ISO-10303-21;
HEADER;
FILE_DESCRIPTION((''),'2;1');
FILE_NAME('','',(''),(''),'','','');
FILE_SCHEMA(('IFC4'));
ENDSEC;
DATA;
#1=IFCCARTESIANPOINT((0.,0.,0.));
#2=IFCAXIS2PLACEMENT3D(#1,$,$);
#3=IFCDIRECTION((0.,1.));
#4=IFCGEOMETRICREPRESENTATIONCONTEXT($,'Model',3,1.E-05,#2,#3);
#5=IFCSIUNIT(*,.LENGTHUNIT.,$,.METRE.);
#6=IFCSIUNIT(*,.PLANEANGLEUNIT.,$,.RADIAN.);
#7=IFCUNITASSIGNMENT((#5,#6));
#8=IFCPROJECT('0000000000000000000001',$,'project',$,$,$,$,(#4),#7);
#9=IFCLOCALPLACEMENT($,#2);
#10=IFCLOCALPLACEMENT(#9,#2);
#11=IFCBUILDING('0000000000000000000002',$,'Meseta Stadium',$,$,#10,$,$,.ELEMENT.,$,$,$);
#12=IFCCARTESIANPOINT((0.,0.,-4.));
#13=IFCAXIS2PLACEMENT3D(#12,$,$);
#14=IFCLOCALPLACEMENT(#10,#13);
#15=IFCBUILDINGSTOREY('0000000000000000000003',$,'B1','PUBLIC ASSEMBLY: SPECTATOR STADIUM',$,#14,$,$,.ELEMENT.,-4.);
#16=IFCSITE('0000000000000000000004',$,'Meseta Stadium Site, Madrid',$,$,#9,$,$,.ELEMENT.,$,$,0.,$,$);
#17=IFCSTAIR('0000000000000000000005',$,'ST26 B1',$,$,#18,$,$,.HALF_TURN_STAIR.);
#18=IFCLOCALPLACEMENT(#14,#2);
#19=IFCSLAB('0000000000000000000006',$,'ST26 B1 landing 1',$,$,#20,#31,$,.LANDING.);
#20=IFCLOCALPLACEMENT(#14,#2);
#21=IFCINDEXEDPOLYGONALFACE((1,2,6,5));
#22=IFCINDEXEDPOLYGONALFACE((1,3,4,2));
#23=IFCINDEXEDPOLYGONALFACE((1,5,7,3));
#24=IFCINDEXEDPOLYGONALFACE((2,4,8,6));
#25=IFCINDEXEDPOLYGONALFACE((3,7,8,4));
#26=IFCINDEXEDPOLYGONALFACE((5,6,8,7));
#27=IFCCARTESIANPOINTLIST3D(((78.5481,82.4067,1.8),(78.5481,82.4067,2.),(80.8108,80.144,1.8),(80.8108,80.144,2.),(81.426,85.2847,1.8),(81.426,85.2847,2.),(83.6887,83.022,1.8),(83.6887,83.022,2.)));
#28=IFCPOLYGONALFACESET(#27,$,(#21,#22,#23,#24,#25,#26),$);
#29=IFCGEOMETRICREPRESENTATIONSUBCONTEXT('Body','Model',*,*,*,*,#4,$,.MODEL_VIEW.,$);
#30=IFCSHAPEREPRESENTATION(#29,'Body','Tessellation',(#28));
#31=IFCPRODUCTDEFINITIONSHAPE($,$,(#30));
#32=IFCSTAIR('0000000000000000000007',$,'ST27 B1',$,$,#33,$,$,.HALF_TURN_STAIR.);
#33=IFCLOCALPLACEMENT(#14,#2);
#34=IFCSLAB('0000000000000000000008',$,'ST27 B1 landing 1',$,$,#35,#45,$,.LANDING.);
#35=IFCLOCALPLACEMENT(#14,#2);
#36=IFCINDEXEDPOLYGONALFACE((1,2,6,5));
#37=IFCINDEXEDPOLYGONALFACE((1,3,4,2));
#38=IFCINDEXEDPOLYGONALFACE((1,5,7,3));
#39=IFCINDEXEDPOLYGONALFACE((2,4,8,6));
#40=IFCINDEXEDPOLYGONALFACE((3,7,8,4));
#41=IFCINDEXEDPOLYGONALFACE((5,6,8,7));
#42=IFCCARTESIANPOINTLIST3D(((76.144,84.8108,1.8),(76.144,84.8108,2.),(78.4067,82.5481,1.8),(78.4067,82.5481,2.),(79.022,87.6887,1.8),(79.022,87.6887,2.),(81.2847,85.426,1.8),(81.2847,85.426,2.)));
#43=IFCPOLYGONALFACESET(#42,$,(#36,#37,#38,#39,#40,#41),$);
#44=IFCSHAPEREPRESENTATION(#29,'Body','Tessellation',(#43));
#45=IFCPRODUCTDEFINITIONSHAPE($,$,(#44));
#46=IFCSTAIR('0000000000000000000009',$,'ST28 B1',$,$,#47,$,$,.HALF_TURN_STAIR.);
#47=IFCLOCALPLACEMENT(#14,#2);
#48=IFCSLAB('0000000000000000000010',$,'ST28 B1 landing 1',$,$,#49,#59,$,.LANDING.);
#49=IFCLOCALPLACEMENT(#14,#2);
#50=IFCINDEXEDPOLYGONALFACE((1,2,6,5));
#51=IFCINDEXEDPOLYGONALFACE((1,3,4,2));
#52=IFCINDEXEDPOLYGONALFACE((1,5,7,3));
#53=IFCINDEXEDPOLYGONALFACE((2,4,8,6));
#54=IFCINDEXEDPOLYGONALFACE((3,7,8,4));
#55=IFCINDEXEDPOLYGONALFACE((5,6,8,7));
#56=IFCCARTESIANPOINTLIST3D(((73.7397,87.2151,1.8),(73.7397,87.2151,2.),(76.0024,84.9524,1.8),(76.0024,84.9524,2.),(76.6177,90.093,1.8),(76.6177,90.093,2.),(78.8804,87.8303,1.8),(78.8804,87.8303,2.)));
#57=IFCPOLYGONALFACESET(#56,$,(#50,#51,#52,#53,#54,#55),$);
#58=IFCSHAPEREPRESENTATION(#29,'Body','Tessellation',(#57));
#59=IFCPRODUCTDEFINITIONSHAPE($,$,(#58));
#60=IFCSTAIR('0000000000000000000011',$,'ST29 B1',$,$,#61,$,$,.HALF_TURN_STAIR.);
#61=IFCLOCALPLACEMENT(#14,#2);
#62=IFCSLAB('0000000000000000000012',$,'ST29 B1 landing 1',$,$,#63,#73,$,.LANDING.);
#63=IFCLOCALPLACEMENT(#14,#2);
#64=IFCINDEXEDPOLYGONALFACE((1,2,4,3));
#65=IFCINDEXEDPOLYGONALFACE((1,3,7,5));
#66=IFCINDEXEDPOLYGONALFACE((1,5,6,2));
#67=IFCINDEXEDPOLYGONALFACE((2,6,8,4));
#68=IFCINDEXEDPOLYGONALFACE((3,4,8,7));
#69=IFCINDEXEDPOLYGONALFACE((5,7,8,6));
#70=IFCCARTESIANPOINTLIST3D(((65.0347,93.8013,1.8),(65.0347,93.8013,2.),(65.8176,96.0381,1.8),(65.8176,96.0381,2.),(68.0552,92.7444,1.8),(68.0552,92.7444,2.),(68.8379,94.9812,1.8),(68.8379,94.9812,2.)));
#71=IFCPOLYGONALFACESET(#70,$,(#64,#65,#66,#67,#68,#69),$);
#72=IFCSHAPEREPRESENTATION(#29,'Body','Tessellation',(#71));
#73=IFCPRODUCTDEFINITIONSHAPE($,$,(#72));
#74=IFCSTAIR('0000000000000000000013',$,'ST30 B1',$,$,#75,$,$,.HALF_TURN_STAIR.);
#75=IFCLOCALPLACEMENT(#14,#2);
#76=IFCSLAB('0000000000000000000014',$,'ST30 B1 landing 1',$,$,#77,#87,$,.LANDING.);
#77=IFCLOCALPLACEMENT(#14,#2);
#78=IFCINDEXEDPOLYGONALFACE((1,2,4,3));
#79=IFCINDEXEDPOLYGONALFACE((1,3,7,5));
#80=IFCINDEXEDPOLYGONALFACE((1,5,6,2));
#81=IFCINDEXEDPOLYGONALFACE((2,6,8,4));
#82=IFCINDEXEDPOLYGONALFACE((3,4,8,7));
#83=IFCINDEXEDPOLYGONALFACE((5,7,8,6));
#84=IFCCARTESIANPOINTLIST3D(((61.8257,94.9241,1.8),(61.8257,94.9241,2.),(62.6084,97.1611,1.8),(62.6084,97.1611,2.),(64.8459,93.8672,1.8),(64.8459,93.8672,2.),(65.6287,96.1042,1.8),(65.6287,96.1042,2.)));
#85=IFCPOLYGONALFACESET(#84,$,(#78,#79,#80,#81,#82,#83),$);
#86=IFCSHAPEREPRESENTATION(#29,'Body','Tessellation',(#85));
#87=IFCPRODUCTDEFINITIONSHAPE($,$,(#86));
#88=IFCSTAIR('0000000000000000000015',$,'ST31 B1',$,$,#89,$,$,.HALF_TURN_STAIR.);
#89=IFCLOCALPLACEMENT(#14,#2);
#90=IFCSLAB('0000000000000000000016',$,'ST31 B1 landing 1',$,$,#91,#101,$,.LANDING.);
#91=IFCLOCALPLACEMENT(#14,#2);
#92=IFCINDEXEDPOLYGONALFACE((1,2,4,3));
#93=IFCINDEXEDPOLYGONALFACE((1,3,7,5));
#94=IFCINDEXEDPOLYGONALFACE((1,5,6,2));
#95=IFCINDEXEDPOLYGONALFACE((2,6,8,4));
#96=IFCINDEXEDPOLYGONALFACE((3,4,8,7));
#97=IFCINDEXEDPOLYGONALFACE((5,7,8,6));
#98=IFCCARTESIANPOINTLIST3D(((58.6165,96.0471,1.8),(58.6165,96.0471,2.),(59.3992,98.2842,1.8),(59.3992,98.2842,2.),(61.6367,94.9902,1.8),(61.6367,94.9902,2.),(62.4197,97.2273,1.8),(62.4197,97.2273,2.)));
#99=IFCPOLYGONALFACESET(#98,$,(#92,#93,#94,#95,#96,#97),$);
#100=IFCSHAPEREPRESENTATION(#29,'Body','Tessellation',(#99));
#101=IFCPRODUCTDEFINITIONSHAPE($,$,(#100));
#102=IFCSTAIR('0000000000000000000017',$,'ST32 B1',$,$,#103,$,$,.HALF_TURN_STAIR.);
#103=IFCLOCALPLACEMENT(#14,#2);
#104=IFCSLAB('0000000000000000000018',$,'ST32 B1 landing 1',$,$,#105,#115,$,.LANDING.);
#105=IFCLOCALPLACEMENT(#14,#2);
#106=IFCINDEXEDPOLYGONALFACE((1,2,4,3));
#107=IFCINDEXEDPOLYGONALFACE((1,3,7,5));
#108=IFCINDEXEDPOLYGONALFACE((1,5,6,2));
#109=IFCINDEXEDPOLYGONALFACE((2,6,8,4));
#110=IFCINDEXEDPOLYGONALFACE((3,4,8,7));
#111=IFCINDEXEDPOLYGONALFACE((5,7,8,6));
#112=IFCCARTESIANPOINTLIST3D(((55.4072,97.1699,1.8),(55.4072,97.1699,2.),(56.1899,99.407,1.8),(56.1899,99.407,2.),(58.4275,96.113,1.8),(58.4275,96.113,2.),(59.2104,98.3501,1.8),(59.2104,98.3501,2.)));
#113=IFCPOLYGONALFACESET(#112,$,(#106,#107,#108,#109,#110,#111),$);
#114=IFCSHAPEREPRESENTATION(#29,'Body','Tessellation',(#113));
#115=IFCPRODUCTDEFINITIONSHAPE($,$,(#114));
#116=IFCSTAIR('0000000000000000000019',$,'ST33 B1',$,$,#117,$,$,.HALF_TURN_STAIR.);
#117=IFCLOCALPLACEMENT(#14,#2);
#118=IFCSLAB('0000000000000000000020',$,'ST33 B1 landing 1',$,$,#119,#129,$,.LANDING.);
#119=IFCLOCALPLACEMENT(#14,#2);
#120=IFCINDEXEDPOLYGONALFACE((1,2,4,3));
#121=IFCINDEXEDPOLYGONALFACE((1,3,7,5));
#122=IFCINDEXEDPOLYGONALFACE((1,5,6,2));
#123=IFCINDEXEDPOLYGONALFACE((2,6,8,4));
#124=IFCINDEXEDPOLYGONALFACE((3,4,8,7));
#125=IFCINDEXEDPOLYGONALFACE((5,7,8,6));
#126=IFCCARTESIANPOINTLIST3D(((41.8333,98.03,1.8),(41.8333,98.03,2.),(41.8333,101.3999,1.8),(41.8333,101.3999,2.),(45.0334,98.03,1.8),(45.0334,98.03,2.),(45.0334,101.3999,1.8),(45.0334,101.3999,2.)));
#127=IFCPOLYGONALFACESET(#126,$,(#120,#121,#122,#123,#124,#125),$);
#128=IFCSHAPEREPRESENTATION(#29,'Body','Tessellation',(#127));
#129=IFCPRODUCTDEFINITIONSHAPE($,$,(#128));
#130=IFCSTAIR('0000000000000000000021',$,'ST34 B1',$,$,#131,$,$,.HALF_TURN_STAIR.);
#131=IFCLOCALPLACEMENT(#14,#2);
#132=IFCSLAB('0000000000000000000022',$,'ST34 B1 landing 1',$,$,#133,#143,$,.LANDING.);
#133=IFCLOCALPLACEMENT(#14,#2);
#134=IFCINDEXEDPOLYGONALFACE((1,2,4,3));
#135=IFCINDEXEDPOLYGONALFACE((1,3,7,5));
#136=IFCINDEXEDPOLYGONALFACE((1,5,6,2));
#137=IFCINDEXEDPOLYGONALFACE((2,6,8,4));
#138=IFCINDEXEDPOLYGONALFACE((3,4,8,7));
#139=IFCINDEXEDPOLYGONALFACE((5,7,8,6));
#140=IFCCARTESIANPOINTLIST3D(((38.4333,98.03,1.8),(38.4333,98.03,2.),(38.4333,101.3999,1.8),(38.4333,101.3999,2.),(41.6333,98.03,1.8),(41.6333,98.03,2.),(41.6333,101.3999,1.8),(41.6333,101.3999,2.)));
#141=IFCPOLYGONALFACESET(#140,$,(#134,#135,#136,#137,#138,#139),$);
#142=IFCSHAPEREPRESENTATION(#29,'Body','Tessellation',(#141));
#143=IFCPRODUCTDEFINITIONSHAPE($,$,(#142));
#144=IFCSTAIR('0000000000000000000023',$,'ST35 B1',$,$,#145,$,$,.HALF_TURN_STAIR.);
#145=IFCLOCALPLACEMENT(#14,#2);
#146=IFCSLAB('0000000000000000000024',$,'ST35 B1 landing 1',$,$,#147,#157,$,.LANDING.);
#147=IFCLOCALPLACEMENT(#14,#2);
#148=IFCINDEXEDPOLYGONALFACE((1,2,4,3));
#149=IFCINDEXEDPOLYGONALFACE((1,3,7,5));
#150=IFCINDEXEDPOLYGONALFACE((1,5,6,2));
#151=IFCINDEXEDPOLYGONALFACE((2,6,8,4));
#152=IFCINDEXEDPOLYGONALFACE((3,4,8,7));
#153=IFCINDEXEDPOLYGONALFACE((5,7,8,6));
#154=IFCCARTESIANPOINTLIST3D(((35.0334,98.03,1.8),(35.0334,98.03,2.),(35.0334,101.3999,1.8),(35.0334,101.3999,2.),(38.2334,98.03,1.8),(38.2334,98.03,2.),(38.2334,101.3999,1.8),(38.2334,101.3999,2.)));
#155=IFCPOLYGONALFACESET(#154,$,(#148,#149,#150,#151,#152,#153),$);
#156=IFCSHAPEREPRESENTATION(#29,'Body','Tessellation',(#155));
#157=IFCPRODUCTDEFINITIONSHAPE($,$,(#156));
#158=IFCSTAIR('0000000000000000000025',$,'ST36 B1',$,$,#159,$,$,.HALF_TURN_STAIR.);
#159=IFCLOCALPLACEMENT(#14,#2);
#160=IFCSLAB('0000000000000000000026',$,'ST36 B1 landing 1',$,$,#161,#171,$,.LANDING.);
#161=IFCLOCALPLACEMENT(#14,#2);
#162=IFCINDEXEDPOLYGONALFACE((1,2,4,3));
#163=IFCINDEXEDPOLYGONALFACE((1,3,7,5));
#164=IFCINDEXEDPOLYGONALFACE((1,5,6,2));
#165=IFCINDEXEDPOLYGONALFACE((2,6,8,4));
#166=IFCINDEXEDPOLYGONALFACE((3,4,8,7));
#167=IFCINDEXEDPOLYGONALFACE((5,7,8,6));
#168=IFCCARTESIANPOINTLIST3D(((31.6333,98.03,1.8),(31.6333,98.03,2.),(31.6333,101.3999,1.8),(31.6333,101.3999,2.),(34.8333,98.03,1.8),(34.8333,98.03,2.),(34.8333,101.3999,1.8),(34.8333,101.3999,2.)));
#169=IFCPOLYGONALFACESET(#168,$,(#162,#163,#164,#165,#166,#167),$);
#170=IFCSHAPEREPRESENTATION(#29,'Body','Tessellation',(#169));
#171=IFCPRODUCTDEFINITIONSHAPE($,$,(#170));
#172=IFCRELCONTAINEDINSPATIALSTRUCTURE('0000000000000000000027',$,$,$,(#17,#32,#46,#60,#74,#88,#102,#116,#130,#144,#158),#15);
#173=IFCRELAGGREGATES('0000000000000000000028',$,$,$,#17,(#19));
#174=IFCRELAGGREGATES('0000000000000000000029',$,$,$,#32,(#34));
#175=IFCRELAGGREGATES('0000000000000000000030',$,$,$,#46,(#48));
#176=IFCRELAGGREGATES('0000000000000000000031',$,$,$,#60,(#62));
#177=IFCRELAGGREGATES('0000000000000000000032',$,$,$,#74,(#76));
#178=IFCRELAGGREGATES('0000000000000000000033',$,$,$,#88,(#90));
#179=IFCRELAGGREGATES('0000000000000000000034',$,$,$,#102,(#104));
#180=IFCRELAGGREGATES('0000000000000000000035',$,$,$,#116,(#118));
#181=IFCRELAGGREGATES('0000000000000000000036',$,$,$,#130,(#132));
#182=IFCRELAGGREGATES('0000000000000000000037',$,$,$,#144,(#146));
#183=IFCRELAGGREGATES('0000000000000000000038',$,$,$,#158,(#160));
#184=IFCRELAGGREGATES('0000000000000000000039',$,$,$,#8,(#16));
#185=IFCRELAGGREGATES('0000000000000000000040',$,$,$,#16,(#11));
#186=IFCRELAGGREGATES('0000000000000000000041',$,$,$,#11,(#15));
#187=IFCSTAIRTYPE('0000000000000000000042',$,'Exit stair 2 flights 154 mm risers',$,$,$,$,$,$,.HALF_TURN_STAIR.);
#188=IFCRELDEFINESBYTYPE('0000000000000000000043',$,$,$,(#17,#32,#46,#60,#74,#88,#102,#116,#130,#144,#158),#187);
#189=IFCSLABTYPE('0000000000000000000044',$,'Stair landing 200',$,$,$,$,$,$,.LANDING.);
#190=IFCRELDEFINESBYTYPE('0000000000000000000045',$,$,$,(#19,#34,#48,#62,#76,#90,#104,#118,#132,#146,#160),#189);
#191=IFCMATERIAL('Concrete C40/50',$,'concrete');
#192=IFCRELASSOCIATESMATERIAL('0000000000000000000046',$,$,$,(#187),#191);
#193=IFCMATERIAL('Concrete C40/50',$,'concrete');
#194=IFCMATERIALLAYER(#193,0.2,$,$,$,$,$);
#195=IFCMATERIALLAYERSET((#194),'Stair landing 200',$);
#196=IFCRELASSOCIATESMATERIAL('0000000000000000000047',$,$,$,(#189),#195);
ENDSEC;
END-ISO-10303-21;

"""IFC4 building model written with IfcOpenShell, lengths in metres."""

from ifc_helpers import new_model, si_unit, direction, frame, origin, place, context, subcontext, project, spatial, polyline, outline, extrude, material, layer, layer_set, type_object, element, aggregate, save


model = new_model("IFC4")

# Units and contexts
model_context = context("Model", 3, precision=1e-05, world=origin(), true_north=direction((0.0, 1.0)))
body_context = subcontext(model_context, "Body", "Model", "MODEL_VIEW")
ifc_project = project(units=[si_unit("LENGTHUNIT", "METRE"), si_unit("PLANEANGLEUNIT", "RADIAN")], contexts=[model_context])

# Site, building, storey
site_placement = place(None, origin())
site = spatial("IfcSite", under=ifc_project, at=site_placement, Name="Meseta Stadium Site, Madrid", CompositionType="ELEMENT", RefElevation=0.0)
building_placement = place(site_placement, origin())
building = spatial("IfcBuilding", under=site, at=building_placement, Name="Meseta Stadium", CompositionType="ELEMENT")
storey_placement = place(building_placement, frame((0.0, 0.0, -4.0)))
storey = spatial("IfcBuildingStorey", under=building, at=storey_placement, Name="B1", Description="PUBLIC ASSEMBLY: SPECTATOR STADIUM", CompositionType="ELEMENT", Elevation=-4.0)

# Stairs, slabs
ifc_material_1 = material(Name="Concrete C40/50", Category="concrete")
stair_type = type_object("IfcStairType", Name="Exit stair 2 flights 154 mm risers", PredefinedType="HALF_TURN_STAIR", material=ifc_material_1)
ifc_material_2 = material(Name="Concrete C40/50", Category="concrete")
ifc_layer_1 = layer(ifc_material_2, 0.2)
ifc_layer_set_1 = layer_set([ifc_layer_1], Name="Stair landing 200")
slab_type_1 = type_object("IfcSlabType", Name="Stair landing 200", PredefinedType="LANDING", material=ifc_layer_set_1)
stair_1_placement = place(storey_placement, origin())
stair_1 = element("IfcStair", 1, at=stair_1_placement, inside=storey, type_object=stair_type, Name="ST26 B1", PredefinedType="HALF_TURN_STAIR")
slab_1_placement = place(storey_placement, frame((0.0, 0.0, 1.8)))
slab_1 = element("IfcSlab", 2, at=slab_1_placement, type_object=slab_type_1, Name="ST26 B1 landing 1", PredefinedType="LANDING", context=body_context, shape_type="SweptSolid", body=[
    extrude(outline(polyline([(80.8108, 80.144), (83.6887, 83.022), (81.426, 85.2847), (78.5481, 82.4067), (80.8108, 80.144)])), origin(), (0.0, 0.0, 1.0), 0.2),
])
aggregate(stair_1, [slab_1])
stair_2_placement = place(storey_placement, origin())
stair_2 = element("IfcStair", 3, at=stair_2_placement, inside=storey, type_object=stair_type, Name="ST27 B1", PredefinedType="HALF_TURN_STAIR")
slab_2_placement = place(storey_placement, frame((0.0, 0.0, 1.8)))
slab_2 = element("IfcSlab", 4, at=slab_2_placement, type_object=slab_type_1, Name="ST27 B1 landing 1", PredefinedType="LANDING", context=body_context, shape_type="SweptSolid", body=[
    extrude(outline(polyline([(78.4067, 82.5481), (81.2847, 85.426), (79.022, 87.6887), (76.144, 84.8108), (78.4067, 82.5481)])), origin(), (0.0, 0.0, 1.0), 0.2),
])
aggregate(stair_2, [slab_2])
stair_3_placement = place(storey_placement, origin())
stair_3 = element("IfcStair", 5, at=stair_3_placement, inside=storey, type_object=stair_type, Name="ST28 B1", PredefinedType="HALF_TURN_STAIR")
slab_3_placement = place(storey_placement, frame((0.0, 0.0, 1.8)))
slab_3 = element("IfcSlab", 6, at=slab_3_placement, type_object=slab_type_1, Name="ST28 B1 landing 1", PredefinedType="LANDING", context=body_context, shape_type="SweptSolid", body=[
    extrude(outline(polyline([(76.0024, 84.9524), (78.8804, 87.8303), (76.6177, 90.093), (73.7397, 87.2151), (76.0024, 84.9524)])), origin(), (0.0, 0.0, 1.0), 0.2),
])
aggregate(stair_3, [slab_3])
stair_4_placement = place(storey_placement, origin())
stair_4 = element("IfcStair", 7, at=stair_4_placement, inside=storey, type_object=stair_type, Name="ST29 B1", PredefinedType="HALF_TURN_STAIR")
slab_4_placement = place(storey_placement, frame((0.0, 0.0, 1.8)))
slab_4 = element("IfcSlab", 8, at=slab_4_placement, type_object=slab_type_1, Name="ST29 B1 landing 1", PredefinedType="LANDING", context=body_context, shape_type="SweptSolid", body=[
    extrude(outline(polyline([(68.0552, 92.7444), (68.8379, 94.9812), (65.8176, 96.0381), (65.0347, 93.8013), (68.0552, 92.7444)])), origin(), (0.0, 0.0, 1.0), 0.2),
])
aggregate(stair_4, [slab_4])
stair_5_placement = place(storey_placement, origin())
stair_5 = element("IfcStair", 9, at=stair_5_placement, inside=storey, type_object=stair_type, Name="ST30 B1", PredefinedType="HALF_TURN_STAIR")
slab_5_placement = place(storey_placement, frame((0.0, 0.0, 1.8)))
slab_5 = element("IfcSlab", 10, at=slab_5_placement, type_object=slab_type_1, Name="ST30 B1 landing 1", PredefinedType="LANDING", context=body_context, shape_type="SweptSolid", body=[
    extrude(outline(polyline([(64.8459, 93.8672), (65.6287, 96.1042), (62.6084, 97.1611), (61.8257, 94.9241), (64.8459, 93.8672)])), origin(), (0.0, 0.0, 1.0), 0.2),
])
aggregate(stair_5, [slab_5])
stair_6_placement = place(storey_placement, origin())
stair_6 = element("IfcStair", 11, at=stair_6_placement, inside=storey, type_object=stair_type, Name="ST31 B1", PredefinedType="HALF_TURN_STAIR")
slab_6_placement = place(storey_placement, frame((0.0, 0.0, 1.8)))
slab_6 = element("IfcSlab", 12, at=slab_6_placement, type_object=slab_type_1, Name="ST31 B1 landing 1", PredefinedType="LANDING", context=body_context, shape_type="SweptSolid", body=[
    extrude(outline(polyline([(61.6367, 94.9902), (62.4197, 97.2273), (59.3992, 98.2842), (58.6165, 96.0471), (61.6367, 94.9902)])), origin(), (0.0, 0.0, 1.0), 0.2),
])
aggregate(stair_6, [slab_6])
stair_7_placement = place(storey_placement, origin())
stair_7 = element("IfcStair", 13, at=stair_7_placement, inside=storey, type_object=stair_type, Name="ST32 B1", PredefinedType="HALF_TURN_STAIR")
slab_7_placement = place(storey_placement, frame((0.0, 0.0, 1.8)))
slab_7 = element("IfcSlab", 14, at=slab_7_placement, type_object=slab_type_1, Name="ST32 B1 landing 1", PredefinedType="LANDING", context=body_context, shape_type="SweptSolid", body=[
    extrude(outline(polyline([(58.4275, 96.113), (59.2104, 98.3501), (56.1899, 99.407), (55.4072, 97.1699), (58.4275, 96.113)])), origin(), (0.0, 0.0, 1.0), 0.2),
])
aggregate(stair_7, [slab_7])
stair_8_placement = place(storey_placement, origin())
stair_8 = element("IfcStair", 15, at=stair_8_placement, inside=storey, type_object=stair_type, Name="ST33 B1", PredefinedType="HALF_TURN_STAIR")
slab_8_placement = place(storey_placement, frame((0.0, 0.0, 1.8)))
slab_8 = element("IfcSlab", 16, at=slab_8_placement, type_object=slab_type_1, Name="ST33 B1 landing 1", PredefinedType="LANDING", context=body_context, shape_type="SweptSolid", body=[
    extrude(outline(polyline([(45.0334, 98.03), (45.0334, 101.3999), (41.8333, 101.3999), (41.8333, 98.03), (45.0334, 98.03)])), origin(), (0.0, 0.0, 1.0), 0.2),
])
aggregate(stair_8, [slab_8])
stair_9_placement = place(storey_placement, origin())
stair_9 = element("IfcStair", 17, at=stair_9_placement, inside=storey, type_object=stair_type, Name="ST34 B1", PredefinedType="HALF_TURN_STAIR")
slab_9_placement = place(storey_placement, frame((0.0, 0.0, 1.8)))
slab_9 = element("IfcSlab", 18, at=slab_9_placement, type_object=slab_type_1, Name="ST34 B1 landing 1", PredefinedType="LANDING", context=body_context, shape_type="SweptSolid", body=[
    extrude(outline(polyline([(41.6333, 98.03), (41.6333, 101.3999), (38.4333, 101.3999), (38.4333, 98.03), (41.6333, 98.03)])), origin(), (0.0, 0.0, 1.0), 0.2),
])
aggregate(stair_9, [slab_9])
stair_10_placement = place(storey_placement, origin())
stair_10 = element("IfcStair", 19, at=stair_10_placement, inside=storey, type_object=stair_type, Name="ST35 B1", PredefinedType="HALF_TURN_STAIR")
slab_10_placement = place(storey_placement, frame((0.0, 0.0, 1.8)))
slab_10 = element("IfcSlab", 20, at=slab_10_placement, type_object=slab_type_1, Name="ST35 B1 landing 1", PredefinedType="LANDING", context=body_context, shape_type="SweptSolid", body=[
    extrude(outline(polyline([(38.2334, 98.03), (38.2334, 101.3999), (35.0334, 101.3999), (35.0334, 98.03), (38.2334, 98.03)])), origin(), (0.0, 0.0, 1.0), 0.2),
])
aggregate(stair_10, [slab_10])
stair_11_placement = place(storey_placement, origin())
stair_11 = element("IfcStair", 21, at=stair_11_placement, inside=storey, type_object=stair_type, Name="ST36 B1", PredefinedType="HALF_TURN_STAIR")
slab_11_placement = place(storey_placement, frame((0.0, 0.0, 1.8)))
slab_11 = element("IfcSlab", 22, at=slab_11_placement, type_object=slab_type_1, Name="ST36 B1 landing 1", PredefinedType="LANDING", context=body_context, shape_type="SweptSolid", body=[
    extrude(outline(polyline([(34.8333, 98.03), (34.8333, 101.3999), (31.6333, 101.3999), (31.6333, 98.03), (34.8333, 98.03)])), origin(), (0.0, 0.0, 1.0), 0.2),
])
aggregate(stair_11, [slab_11])

save(model, "model.ifc")
